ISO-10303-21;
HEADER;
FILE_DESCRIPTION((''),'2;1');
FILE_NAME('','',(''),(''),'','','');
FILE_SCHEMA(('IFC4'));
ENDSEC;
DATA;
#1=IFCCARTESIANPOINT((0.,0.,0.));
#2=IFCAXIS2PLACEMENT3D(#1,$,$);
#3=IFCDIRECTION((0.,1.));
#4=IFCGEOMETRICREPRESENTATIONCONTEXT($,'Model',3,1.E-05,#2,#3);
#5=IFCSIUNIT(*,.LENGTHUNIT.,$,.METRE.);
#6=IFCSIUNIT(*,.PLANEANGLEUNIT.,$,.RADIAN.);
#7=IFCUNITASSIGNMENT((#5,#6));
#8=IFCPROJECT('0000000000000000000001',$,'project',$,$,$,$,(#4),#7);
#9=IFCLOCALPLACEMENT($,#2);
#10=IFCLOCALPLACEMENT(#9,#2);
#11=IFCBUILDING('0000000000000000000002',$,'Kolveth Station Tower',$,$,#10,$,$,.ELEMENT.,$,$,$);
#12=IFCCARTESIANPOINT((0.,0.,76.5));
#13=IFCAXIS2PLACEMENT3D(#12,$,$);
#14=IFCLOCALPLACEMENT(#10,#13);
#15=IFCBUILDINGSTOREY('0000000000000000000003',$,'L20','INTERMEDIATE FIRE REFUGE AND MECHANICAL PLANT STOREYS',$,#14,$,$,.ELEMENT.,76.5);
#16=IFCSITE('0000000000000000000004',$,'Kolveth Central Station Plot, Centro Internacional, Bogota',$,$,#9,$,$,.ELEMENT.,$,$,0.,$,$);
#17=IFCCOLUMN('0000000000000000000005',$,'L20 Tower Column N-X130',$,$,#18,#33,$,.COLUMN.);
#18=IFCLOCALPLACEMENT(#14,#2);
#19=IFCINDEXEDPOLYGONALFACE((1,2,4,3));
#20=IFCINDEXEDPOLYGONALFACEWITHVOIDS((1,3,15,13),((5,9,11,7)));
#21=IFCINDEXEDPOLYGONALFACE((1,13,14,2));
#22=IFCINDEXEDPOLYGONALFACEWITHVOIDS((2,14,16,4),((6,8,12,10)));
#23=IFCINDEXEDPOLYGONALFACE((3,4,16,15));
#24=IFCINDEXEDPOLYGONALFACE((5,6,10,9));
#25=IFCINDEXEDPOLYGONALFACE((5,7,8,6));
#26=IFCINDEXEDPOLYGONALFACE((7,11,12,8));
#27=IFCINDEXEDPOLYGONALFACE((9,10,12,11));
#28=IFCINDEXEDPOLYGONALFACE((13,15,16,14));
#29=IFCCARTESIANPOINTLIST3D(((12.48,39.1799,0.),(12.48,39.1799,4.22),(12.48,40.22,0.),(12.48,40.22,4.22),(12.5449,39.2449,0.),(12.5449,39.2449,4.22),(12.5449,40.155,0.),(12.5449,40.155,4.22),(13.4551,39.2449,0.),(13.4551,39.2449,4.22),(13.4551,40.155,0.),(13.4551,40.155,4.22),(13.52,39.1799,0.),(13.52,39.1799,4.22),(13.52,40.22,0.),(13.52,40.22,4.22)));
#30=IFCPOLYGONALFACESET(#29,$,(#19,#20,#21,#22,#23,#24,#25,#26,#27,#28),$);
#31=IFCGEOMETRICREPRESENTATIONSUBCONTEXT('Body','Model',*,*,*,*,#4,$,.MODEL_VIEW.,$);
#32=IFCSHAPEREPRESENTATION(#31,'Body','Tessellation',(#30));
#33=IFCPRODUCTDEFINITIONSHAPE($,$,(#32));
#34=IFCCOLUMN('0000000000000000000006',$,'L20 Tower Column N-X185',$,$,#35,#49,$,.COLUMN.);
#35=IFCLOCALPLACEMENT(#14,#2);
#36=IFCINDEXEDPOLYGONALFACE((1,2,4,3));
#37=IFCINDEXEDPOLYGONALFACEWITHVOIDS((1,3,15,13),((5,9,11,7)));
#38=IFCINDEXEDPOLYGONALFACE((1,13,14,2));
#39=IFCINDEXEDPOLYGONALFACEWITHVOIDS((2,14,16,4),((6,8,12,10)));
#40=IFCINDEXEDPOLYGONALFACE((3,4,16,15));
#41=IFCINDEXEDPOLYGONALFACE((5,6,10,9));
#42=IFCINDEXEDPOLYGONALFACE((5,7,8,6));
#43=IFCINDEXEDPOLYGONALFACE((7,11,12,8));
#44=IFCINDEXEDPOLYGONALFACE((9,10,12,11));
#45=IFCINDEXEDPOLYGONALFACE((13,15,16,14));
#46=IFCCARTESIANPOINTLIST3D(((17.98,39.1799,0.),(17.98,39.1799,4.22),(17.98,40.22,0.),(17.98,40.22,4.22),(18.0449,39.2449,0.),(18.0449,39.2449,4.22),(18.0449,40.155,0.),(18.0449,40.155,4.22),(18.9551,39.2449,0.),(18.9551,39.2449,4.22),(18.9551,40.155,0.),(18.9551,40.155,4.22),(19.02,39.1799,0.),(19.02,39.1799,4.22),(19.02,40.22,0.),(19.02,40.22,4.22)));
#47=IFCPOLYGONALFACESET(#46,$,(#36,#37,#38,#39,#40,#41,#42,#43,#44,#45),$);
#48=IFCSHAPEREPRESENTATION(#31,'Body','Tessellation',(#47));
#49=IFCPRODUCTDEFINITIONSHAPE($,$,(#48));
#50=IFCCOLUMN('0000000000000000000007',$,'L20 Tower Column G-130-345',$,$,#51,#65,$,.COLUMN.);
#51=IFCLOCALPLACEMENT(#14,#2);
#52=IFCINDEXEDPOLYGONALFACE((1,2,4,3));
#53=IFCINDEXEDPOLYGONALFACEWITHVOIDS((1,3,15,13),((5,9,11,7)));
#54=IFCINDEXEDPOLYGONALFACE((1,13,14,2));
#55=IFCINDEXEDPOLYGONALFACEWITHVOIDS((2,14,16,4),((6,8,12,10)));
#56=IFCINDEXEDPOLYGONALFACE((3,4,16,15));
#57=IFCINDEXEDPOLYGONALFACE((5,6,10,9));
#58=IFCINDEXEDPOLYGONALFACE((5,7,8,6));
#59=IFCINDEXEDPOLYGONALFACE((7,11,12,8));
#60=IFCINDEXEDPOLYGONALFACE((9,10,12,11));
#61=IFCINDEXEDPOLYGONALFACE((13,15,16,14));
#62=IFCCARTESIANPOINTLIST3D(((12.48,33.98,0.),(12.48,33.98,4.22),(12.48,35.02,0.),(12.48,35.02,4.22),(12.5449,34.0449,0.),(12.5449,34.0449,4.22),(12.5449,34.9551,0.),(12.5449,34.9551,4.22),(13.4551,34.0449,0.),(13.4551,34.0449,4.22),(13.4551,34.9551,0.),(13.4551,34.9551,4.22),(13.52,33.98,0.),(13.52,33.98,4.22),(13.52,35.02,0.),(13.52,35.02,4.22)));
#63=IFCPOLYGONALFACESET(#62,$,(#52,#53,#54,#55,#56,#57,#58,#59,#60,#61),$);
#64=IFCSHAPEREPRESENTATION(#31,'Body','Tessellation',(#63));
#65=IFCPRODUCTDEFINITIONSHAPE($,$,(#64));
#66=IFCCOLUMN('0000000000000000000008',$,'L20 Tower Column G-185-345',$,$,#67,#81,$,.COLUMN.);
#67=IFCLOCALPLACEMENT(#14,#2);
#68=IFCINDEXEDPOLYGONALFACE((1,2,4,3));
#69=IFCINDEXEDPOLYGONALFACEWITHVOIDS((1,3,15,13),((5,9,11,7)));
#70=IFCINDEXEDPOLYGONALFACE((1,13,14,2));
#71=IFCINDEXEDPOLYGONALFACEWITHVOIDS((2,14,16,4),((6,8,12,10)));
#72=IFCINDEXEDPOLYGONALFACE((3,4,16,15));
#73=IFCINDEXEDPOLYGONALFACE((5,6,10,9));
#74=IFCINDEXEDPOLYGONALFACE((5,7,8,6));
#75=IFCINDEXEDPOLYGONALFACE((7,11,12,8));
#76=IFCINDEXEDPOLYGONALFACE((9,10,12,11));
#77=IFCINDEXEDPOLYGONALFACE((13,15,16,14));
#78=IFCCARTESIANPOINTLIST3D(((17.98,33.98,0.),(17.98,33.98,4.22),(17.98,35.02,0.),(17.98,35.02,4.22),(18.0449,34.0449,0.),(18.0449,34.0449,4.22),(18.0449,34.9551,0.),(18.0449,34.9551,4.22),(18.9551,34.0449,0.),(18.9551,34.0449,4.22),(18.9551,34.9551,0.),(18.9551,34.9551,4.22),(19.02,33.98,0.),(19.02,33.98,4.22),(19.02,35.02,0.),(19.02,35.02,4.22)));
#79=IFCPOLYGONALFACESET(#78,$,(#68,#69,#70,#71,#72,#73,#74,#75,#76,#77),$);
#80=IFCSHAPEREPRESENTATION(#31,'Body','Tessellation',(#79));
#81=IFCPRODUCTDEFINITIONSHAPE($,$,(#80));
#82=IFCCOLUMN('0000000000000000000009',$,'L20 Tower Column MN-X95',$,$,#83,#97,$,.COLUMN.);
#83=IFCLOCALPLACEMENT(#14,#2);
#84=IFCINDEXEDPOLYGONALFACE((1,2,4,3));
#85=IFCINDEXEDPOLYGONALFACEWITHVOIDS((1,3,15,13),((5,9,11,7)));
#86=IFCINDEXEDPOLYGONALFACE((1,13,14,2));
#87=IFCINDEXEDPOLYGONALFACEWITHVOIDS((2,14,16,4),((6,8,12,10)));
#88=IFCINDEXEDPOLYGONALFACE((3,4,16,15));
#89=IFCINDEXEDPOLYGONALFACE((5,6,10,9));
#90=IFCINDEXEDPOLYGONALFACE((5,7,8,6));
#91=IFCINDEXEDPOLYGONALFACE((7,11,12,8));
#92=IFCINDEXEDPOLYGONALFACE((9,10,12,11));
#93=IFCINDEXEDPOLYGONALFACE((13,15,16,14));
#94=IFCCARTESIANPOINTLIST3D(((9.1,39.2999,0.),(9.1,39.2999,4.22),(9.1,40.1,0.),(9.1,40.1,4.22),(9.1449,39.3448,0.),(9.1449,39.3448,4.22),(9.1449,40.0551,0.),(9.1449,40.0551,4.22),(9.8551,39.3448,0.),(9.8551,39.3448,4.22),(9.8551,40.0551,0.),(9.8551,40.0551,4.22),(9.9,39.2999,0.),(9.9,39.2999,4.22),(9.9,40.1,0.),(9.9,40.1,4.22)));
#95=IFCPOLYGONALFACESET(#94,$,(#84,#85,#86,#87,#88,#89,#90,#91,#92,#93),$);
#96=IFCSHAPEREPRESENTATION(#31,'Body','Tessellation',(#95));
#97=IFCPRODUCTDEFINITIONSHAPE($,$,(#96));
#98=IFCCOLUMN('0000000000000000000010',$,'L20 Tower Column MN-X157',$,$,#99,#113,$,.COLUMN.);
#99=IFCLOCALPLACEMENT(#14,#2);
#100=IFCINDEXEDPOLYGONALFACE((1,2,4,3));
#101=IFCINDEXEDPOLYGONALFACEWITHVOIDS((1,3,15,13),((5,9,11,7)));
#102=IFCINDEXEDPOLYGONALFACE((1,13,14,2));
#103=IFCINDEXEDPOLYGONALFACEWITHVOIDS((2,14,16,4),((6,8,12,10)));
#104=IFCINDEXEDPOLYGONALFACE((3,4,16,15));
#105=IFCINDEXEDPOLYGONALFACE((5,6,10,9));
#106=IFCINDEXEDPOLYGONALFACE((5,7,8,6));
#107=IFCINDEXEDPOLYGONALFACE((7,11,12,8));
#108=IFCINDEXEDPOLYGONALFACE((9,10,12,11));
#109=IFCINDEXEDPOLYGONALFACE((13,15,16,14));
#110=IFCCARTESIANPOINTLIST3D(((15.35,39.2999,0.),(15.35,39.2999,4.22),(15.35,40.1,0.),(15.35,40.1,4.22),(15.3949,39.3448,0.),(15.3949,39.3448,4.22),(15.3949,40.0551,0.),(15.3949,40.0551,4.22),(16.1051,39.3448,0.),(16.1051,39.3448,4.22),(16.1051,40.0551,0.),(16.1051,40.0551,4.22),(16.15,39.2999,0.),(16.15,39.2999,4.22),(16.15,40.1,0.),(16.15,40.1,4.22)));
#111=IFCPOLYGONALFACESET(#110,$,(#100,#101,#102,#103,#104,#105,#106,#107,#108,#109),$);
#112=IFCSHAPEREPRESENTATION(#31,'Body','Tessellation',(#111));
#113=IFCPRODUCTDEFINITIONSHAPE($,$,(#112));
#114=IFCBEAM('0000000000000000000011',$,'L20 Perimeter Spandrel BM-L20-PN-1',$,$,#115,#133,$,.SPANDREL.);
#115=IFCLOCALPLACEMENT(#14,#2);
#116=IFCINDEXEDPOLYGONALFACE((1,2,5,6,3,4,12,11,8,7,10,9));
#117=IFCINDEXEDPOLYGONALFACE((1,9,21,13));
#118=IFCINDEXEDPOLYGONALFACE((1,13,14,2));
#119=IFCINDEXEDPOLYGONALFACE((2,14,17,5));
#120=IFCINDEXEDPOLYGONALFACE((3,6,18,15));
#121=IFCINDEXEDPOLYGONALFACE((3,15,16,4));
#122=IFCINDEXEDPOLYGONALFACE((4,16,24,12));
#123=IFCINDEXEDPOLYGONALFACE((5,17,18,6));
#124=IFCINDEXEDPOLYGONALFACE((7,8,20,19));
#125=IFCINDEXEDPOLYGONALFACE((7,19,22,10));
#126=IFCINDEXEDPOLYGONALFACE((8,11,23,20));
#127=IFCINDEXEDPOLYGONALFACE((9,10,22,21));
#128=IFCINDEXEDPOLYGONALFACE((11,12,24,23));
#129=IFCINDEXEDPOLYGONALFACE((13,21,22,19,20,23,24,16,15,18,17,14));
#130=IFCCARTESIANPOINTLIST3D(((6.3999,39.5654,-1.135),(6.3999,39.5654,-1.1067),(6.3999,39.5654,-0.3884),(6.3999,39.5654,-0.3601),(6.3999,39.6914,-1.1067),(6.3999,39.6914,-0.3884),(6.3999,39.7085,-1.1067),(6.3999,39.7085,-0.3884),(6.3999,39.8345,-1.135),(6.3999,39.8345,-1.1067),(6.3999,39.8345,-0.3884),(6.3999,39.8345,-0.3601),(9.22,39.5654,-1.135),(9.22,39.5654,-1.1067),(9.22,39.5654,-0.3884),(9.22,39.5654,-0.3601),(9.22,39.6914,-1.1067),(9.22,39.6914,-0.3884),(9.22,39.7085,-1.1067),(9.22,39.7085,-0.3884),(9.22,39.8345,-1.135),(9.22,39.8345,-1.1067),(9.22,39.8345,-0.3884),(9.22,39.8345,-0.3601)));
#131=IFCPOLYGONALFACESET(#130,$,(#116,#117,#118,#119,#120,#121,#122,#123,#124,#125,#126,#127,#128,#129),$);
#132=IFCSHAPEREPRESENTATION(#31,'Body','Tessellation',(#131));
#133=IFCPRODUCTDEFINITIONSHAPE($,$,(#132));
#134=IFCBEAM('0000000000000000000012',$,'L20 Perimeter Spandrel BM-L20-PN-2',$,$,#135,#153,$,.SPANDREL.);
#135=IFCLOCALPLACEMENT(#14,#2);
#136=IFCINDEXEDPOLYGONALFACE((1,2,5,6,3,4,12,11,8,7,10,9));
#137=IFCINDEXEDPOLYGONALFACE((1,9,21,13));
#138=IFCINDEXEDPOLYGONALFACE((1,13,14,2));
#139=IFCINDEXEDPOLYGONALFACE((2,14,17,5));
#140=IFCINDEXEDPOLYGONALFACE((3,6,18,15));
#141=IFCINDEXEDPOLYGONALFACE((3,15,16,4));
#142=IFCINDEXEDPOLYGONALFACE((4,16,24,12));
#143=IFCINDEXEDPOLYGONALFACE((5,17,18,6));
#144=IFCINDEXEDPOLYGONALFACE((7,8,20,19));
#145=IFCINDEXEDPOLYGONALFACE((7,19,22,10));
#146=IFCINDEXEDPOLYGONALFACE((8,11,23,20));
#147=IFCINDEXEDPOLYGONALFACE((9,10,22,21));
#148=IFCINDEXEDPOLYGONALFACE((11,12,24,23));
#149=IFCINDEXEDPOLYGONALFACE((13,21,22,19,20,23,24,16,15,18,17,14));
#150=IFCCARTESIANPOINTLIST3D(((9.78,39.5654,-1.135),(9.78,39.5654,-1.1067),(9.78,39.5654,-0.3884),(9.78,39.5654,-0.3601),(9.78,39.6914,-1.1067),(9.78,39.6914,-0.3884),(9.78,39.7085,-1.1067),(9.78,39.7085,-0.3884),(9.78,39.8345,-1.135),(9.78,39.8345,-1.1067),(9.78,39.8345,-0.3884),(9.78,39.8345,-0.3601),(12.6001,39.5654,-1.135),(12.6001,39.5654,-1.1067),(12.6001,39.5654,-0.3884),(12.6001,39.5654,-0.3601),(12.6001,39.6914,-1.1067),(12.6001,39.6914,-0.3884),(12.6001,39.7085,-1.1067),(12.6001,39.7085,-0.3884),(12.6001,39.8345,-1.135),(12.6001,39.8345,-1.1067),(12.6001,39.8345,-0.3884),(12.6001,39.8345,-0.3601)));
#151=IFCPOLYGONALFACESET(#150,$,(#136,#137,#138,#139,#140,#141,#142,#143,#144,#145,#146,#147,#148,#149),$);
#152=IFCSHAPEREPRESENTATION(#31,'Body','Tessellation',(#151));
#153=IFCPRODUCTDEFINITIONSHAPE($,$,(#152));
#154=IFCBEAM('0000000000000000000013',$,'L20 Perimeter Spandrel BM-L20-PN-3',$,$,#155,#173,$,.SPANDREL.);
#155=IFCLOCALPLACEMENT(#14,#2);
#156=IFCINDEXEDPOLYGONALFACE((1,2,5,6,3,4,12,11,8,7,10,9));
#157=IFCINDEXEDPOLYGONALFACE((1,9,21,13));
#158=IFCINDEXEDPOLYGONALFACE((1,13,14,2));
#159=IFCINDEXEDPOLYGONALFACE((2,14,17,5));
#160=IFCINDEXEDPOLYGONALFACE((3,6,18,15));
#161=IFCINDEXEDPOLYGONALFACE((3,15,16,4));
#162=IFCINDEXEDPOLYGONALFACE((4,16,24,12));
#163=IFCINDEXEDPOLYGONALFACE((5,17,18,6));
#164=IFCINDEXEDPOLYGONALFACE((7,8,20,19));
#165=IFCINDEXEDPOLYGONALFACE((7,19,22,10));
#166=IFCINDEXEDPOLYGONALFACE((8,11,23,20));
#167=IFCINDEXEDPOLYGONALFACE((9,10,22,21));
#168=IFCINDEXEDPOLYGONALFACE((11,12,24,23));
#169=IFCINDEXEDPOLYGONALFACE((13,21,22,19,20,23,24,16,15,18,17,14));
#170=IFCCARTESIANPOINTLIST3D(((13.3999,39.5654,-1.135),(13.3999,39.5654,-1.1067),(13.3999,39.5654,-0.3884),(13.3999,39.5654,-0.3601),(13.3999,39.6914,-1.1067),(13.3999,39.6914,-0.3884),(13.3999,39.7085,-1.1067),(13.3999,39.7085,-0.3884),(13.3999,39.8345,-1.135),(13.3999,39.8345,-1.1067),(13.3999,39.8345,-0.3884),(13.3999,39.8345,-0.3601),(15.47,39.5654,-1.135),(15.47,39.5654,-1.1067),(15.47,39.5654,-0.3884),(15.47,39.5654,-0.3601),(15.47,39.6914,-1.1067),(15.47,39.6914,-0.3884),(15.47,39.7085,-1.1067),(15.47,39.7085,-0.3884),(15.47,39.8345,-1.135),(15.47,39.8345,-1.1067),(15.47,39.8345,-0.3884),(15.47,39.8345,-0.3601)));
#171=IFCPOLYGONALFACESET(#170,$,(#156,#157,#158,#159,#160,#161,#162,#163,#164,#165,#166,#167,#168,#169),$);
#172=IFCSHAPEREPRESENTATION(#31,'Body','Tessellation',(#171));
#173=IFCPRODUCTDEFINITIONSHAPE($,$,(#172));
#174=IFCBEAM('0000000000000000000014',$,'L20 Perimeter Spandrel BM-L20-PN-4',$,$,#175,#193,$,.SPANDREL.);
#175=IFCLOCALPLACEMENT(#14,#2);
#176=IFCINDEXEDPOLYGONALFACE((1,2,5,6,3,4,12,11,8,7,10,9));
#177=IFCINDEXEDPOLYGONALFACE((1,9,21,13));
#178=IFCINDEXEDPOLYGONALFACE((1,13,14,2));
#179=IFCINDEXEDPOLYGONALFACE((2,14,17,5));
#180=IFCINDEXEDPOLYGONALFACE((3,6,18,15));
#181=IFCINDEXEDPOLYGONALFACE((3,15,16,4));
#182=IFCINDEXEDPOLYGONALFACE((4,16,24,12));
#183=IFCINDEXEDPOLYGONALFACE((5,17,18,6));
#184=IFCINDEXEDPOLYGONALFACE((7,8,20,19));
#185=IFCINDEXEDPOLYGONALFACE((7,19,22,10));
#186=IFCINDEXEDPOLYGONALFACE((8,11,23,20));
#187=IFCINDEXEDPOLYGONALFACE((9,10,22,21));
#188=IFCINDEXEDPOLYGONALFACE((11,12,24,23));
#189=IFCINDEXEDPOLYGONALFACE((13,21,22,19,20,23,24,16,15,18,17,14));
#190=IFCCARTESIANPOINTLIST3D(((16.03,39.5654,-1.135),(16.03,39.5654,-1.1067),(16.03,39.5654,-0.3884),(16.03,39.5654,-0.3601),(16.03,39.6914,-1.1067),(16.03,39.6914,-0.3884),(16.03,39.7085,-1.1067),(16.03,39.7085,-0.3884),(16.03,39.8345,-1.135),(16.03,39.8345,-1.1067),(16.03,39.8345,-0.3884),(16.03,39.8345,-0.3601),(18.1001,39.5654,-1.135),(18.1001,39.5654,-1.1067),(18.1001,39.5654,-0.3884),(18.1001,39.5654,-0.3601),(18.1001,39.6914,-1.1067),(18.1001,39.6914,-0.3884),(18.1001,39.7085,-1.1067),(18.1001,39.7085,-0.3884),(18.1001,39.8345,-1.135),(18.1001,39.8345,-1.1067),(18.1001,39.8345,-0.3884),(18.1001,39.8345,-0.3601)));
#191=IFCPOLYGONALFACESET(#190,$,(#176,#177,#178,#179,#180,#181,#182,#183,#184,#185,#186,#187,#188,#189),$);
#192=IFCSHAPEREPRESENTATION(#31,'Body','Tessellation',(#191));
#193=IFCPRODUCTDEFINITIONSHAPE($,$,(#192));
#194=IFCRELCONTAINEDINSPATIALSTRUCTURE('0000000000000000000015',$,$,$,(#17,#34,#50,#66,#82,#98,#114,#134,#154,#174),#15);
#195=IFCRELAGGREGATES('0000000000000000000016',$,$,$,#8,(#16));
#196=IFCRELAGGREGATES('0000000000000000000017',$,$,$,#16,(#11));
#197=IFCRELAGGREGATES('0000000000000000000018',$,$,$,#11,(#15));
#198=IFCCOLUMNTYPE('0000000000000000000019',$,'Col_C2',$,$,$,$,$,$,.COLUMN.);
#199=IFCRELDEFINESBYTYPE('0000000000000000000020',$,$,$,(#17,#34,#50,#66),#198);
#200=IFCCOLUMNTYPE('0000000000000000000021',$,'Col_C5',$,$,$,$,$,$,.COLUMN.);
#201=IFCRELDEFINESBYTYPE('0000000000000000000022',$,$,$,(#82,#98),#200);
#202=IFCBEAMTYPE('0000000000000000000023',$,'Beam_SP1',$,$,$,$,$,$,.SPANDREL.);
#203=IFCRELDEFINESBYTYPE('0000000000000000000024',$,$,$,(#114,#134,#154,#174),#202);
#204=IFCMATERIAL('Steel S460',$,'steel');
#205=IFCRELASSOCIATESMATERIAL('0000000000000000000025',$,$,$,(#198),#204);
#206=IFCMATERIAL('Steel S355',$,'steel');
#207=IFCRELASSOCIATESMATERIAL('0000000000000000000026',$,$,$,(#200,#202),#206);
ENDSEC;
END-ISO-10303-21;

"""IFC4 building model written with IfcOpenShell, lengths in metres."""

from ifc_helpers import new_model, si_unit, direction, frame, origin, origin_2d, place, context, subcontext, project, spatial, hollow_rectangle, i_section, extrude, source, transform, mapped, material, material_profile, profile_set, type_object, element, save


model = new_model("IFC4")

# Units and contexts
model_context = context("Model", 3, precision=1e-05, world=origin(), true_north=direction((0.0, 1.0)))
body_context = subcontext(model_context, "Body", "Model", "MODEL_VIEW")
ifc_project = project(units=[si_unit("LENGTHUNIT", "METRE"), si_unit("PLANEANGLEUNIT", "RADIAN")], contexts=[model_context])

# Site, building, storey
site_placement = place(None, origin())
site = spatial("IfcSite", under=ifc_project, at=site_placement, Name="Kolveth Central Station Plot, Centro Internacional, Bogota", CompositionType="ELEMENT", RefElevation=0.0)
building_placement = place(site_placement, origin())
building = spatial("IfcBuilding", under=site, at=building_placement, Name="Kolveth Station Tower", CompositionType="ELEMENT")
storey_placement = place(building_placement, frame((0.0, 0.0, 76.5)))
storey = spatial("IfcBuildingStorey", under=building, at=storey_placement, Name="L20", Description="INTERMEDIATE FIRE REFUGE AND MECHANICAL PLANT STOREYS", CompositionType="ELEMENT", Elevation=76.5)

# Columns
ifc_material_1 = material(Name="Steel S460", Category="steel")
ifc_material_profile_1 = material_profile(ifc_material_1, hollow_rectangle(XDim=1.04, YDim=1.04, WallThickness=0.0649, at=origin_2d()), Name="BOX1040x1040x65")
ifc_profile_set_1 = profile_set([ifc_material_profile_1], Name="Steel S460")
column_type_1 = type_object("IfcColumnType", Name="Col_C2", PredefinedType="COLUMN", material=ifc_profile_set_1)
shared_shape_1 = source(origin(), body_context, "Body", "SweptSolid", [
    extrude(hollow_rectangle(XDim=1.04, YDim=1.04, WallThickness=0.0649, at=origin_2d()), origin(), (0.0, 0.0, 1.0), 4.22),
])
for number, where, z_axis, x_axis, name in (
    (1, (13.0, 39.7, 0.0), (0.0, 0.0, 1.0), (1.0, 0.0, 0.0), "L20 Tower Column N-X130"),
    (2, (18.5, 39.7, 0.0), (0.0, 0.0, 1.0), (1.0, 0.0, 0.0), "L20 Tower Column N-X185"),
    (3, (13.0, 34.5, 0.0), (0.0, 0.0, 1.0), (1.0, 0.0, 0.0), "L20 Tower Column G-130-345"),
    (4, (18.5, 34.5, 0.0), (0.0, 0.0, 1.0), (1.0, 0.0, 0.0), "L20 Tower Column G-185-345"),
):
    element("IfcColumn", number, at=place(storey_placement, frame(where, z_axis=z_axis, x_axis=x_axis)), inside=storey, type_object=column_type_1, Name=name, PredefinedType="COLUMN", context=body_context, shape_type="MappedRepresentation", body=[
        mapped(shared_shape_1, transform((0.0, 0.0, 0.0), x_axis=(1.0, 0.0, 0.0), y_axis=(0.0, 1.0, 0.0), z_axis=(0.0, 0.0, 1.0), scale=1.0)),
    ])
ifc_material_2 = material(Name="Steel S355", Category="steel")
ifc_material_profile_2 = material_profile(ifc_material_2, hollow_rectangle(XDim=0.8, YDim=0.8, WallThickness=0.0449, at=origin_2d()), Name="BOX800x800x45")
ifc_profile_set_2 = profile_set([ifc_material_profile_2], Name="Steel S355")
column_type_2 = type_object("IfcColumnType", Name="Col_C5", PredefinedType="COLUMN", material=ifc_profile_set_2)
shared_shape_2 = source(origin(), body_context, "Body", "SweptSolid", [
    extrude(hollow_rectangle(XDim=0.8, YDim=0.8, WallThickness=0.0449, at=origin_2d()), origin(), (0.0, 0.0, 1.0), 4.22),
])
for number, where, z_axis, x_axis, name in (
    (5, (9.5, 39.7, 0.0), (0.0, 0.0, 1.0), (1.0, 0.0, 0.0), "L20 Tower Column MN-X95"),
    (6, (15.75, 39.7, 0.0), (0.0, 0.0, 1.0), (1.0, 0.0, 0.0), "L20 Tower Column MN-X157"),
):
    element("IfcColumn", number, at=place(storey_placement, frame(where, z_axis=z_axis, x_axis=x_axis)), inside=storey, type_object=column_type_2, Name=name, PredefinedType="COLUMN", context=body_context, shape_type="MappedRepresentation", body=[
        mapped(shared_shape_2, transform((0.0, 0.0, 0.0), x_axis=(1.0, 0.0, 0.0), y_axis=(0.0, 1.0, 0.0), z_axis=(0.0, 0.0, 1.0), scale=1.0)),
    ])

# Beams
ifc_material_profile_3 = material_profile(ifc_material_2, i_section(OverallWidth=0.269, OverallDepth=0.7749, WebThickness=0.0171, FlangeThickness=0.0283, at=origin_2d()), Name="W760x220")
ifc_profile_set_3 = profile_set([ifc_material_profile_3], Name="Steel S355")
beam_type_1 = type_object("IfcBeamType", Name="Beam_SP1", PredefinedType="SPANDREL", material=ifc_profile_set_3)
shared_shape_3 = source(origin(), body_context, "Body", "SweptSolid", [
    extrude(i_section(OverallWidth=0.269, OverallDepth=0.7749, WebThickness=0.0171, FlangeThickness=0.0283, at=origin_2d()), origin(), (0.0, 0.0, 1.0), 2.8201),
])
for number, where, z_axis, x_axis, name in (
    (7, (6.3999, 39.7, -0.7476), (1.0, 0.0, 0.0), (0.0, 1.0, 0.0), "L20 Perimeter Spandrel BM-L20-PN-1"),
    (8, (9.78, 39.7, -0.7476), (1.0, 0.0, 0.0), (0.0, 1.0, 0.0), "L20 Perimeter Spandrel BM-L20-PN-2"),
):
    element("IfcBeam", number, at=place(storey_placement, frame(where, z_axis=z_axis, x_axis=x_axis)), inside=storey, type_object=beam_type_1, Name=name, PredefinedType="SPANDREL", context=body_context, shape_type="MappedRepresentation", body=[
        mapped(shared_shape_3, transform((0.0, 0.0, 0.0), x_axis=(1.0, 0.0, 0.0), y_axis=(0.0, 1.0, 0.0), z_axis=(0.0, 0.0, 1.0), scale=1.0)),
    ])
shared_shape_4 = source(origin(), body_context, "Body", "SweptSolid", [
    extrude(i_section(OverallWidth=0.269, OverallDepth=0.7749, WebThickness=0.0171, FlangeThickness=0.0283, at=origin_2d()), origin(), (0.0, 0.0, 1.0), 2.0701),
])
for number, where, z_axis, x_axis, name in (
    (9, (13.3999, 39.7, -0.7476), (1.0, 0.0, 0.0), (0.0, 1.0, 0.0), "L20 Perimeter Spandrel BM-L20-PN-3"),
    (10, (16.03, 39.7, -0.7476), (1.0, 0.0, 0.0), (0.0, 1.0, 0.0), "L20 Perimeter Spandrel BM-L20-PN-4"),
):
    element("IfcBeam", number, at=place(storey_placement, frame(where, z_axis=z_axis, x_axis=x_axis)), inside=storey, type_object=beam_type_1, Name=name, PredefinedType="SPANDREL", context=body_context, shape_type="MappedRepresentation", body=[
        mapped(shared_shape_4, transform((0.0, 0.0, 0.0), x_axis=(1.0, 0.0, 0.0), y_axis=(0.0, 1.0, 0.0), z_axis=(0.0, 0.0, 1.0), scale=1.0)),
    ])

save(model, "model.ifc")
